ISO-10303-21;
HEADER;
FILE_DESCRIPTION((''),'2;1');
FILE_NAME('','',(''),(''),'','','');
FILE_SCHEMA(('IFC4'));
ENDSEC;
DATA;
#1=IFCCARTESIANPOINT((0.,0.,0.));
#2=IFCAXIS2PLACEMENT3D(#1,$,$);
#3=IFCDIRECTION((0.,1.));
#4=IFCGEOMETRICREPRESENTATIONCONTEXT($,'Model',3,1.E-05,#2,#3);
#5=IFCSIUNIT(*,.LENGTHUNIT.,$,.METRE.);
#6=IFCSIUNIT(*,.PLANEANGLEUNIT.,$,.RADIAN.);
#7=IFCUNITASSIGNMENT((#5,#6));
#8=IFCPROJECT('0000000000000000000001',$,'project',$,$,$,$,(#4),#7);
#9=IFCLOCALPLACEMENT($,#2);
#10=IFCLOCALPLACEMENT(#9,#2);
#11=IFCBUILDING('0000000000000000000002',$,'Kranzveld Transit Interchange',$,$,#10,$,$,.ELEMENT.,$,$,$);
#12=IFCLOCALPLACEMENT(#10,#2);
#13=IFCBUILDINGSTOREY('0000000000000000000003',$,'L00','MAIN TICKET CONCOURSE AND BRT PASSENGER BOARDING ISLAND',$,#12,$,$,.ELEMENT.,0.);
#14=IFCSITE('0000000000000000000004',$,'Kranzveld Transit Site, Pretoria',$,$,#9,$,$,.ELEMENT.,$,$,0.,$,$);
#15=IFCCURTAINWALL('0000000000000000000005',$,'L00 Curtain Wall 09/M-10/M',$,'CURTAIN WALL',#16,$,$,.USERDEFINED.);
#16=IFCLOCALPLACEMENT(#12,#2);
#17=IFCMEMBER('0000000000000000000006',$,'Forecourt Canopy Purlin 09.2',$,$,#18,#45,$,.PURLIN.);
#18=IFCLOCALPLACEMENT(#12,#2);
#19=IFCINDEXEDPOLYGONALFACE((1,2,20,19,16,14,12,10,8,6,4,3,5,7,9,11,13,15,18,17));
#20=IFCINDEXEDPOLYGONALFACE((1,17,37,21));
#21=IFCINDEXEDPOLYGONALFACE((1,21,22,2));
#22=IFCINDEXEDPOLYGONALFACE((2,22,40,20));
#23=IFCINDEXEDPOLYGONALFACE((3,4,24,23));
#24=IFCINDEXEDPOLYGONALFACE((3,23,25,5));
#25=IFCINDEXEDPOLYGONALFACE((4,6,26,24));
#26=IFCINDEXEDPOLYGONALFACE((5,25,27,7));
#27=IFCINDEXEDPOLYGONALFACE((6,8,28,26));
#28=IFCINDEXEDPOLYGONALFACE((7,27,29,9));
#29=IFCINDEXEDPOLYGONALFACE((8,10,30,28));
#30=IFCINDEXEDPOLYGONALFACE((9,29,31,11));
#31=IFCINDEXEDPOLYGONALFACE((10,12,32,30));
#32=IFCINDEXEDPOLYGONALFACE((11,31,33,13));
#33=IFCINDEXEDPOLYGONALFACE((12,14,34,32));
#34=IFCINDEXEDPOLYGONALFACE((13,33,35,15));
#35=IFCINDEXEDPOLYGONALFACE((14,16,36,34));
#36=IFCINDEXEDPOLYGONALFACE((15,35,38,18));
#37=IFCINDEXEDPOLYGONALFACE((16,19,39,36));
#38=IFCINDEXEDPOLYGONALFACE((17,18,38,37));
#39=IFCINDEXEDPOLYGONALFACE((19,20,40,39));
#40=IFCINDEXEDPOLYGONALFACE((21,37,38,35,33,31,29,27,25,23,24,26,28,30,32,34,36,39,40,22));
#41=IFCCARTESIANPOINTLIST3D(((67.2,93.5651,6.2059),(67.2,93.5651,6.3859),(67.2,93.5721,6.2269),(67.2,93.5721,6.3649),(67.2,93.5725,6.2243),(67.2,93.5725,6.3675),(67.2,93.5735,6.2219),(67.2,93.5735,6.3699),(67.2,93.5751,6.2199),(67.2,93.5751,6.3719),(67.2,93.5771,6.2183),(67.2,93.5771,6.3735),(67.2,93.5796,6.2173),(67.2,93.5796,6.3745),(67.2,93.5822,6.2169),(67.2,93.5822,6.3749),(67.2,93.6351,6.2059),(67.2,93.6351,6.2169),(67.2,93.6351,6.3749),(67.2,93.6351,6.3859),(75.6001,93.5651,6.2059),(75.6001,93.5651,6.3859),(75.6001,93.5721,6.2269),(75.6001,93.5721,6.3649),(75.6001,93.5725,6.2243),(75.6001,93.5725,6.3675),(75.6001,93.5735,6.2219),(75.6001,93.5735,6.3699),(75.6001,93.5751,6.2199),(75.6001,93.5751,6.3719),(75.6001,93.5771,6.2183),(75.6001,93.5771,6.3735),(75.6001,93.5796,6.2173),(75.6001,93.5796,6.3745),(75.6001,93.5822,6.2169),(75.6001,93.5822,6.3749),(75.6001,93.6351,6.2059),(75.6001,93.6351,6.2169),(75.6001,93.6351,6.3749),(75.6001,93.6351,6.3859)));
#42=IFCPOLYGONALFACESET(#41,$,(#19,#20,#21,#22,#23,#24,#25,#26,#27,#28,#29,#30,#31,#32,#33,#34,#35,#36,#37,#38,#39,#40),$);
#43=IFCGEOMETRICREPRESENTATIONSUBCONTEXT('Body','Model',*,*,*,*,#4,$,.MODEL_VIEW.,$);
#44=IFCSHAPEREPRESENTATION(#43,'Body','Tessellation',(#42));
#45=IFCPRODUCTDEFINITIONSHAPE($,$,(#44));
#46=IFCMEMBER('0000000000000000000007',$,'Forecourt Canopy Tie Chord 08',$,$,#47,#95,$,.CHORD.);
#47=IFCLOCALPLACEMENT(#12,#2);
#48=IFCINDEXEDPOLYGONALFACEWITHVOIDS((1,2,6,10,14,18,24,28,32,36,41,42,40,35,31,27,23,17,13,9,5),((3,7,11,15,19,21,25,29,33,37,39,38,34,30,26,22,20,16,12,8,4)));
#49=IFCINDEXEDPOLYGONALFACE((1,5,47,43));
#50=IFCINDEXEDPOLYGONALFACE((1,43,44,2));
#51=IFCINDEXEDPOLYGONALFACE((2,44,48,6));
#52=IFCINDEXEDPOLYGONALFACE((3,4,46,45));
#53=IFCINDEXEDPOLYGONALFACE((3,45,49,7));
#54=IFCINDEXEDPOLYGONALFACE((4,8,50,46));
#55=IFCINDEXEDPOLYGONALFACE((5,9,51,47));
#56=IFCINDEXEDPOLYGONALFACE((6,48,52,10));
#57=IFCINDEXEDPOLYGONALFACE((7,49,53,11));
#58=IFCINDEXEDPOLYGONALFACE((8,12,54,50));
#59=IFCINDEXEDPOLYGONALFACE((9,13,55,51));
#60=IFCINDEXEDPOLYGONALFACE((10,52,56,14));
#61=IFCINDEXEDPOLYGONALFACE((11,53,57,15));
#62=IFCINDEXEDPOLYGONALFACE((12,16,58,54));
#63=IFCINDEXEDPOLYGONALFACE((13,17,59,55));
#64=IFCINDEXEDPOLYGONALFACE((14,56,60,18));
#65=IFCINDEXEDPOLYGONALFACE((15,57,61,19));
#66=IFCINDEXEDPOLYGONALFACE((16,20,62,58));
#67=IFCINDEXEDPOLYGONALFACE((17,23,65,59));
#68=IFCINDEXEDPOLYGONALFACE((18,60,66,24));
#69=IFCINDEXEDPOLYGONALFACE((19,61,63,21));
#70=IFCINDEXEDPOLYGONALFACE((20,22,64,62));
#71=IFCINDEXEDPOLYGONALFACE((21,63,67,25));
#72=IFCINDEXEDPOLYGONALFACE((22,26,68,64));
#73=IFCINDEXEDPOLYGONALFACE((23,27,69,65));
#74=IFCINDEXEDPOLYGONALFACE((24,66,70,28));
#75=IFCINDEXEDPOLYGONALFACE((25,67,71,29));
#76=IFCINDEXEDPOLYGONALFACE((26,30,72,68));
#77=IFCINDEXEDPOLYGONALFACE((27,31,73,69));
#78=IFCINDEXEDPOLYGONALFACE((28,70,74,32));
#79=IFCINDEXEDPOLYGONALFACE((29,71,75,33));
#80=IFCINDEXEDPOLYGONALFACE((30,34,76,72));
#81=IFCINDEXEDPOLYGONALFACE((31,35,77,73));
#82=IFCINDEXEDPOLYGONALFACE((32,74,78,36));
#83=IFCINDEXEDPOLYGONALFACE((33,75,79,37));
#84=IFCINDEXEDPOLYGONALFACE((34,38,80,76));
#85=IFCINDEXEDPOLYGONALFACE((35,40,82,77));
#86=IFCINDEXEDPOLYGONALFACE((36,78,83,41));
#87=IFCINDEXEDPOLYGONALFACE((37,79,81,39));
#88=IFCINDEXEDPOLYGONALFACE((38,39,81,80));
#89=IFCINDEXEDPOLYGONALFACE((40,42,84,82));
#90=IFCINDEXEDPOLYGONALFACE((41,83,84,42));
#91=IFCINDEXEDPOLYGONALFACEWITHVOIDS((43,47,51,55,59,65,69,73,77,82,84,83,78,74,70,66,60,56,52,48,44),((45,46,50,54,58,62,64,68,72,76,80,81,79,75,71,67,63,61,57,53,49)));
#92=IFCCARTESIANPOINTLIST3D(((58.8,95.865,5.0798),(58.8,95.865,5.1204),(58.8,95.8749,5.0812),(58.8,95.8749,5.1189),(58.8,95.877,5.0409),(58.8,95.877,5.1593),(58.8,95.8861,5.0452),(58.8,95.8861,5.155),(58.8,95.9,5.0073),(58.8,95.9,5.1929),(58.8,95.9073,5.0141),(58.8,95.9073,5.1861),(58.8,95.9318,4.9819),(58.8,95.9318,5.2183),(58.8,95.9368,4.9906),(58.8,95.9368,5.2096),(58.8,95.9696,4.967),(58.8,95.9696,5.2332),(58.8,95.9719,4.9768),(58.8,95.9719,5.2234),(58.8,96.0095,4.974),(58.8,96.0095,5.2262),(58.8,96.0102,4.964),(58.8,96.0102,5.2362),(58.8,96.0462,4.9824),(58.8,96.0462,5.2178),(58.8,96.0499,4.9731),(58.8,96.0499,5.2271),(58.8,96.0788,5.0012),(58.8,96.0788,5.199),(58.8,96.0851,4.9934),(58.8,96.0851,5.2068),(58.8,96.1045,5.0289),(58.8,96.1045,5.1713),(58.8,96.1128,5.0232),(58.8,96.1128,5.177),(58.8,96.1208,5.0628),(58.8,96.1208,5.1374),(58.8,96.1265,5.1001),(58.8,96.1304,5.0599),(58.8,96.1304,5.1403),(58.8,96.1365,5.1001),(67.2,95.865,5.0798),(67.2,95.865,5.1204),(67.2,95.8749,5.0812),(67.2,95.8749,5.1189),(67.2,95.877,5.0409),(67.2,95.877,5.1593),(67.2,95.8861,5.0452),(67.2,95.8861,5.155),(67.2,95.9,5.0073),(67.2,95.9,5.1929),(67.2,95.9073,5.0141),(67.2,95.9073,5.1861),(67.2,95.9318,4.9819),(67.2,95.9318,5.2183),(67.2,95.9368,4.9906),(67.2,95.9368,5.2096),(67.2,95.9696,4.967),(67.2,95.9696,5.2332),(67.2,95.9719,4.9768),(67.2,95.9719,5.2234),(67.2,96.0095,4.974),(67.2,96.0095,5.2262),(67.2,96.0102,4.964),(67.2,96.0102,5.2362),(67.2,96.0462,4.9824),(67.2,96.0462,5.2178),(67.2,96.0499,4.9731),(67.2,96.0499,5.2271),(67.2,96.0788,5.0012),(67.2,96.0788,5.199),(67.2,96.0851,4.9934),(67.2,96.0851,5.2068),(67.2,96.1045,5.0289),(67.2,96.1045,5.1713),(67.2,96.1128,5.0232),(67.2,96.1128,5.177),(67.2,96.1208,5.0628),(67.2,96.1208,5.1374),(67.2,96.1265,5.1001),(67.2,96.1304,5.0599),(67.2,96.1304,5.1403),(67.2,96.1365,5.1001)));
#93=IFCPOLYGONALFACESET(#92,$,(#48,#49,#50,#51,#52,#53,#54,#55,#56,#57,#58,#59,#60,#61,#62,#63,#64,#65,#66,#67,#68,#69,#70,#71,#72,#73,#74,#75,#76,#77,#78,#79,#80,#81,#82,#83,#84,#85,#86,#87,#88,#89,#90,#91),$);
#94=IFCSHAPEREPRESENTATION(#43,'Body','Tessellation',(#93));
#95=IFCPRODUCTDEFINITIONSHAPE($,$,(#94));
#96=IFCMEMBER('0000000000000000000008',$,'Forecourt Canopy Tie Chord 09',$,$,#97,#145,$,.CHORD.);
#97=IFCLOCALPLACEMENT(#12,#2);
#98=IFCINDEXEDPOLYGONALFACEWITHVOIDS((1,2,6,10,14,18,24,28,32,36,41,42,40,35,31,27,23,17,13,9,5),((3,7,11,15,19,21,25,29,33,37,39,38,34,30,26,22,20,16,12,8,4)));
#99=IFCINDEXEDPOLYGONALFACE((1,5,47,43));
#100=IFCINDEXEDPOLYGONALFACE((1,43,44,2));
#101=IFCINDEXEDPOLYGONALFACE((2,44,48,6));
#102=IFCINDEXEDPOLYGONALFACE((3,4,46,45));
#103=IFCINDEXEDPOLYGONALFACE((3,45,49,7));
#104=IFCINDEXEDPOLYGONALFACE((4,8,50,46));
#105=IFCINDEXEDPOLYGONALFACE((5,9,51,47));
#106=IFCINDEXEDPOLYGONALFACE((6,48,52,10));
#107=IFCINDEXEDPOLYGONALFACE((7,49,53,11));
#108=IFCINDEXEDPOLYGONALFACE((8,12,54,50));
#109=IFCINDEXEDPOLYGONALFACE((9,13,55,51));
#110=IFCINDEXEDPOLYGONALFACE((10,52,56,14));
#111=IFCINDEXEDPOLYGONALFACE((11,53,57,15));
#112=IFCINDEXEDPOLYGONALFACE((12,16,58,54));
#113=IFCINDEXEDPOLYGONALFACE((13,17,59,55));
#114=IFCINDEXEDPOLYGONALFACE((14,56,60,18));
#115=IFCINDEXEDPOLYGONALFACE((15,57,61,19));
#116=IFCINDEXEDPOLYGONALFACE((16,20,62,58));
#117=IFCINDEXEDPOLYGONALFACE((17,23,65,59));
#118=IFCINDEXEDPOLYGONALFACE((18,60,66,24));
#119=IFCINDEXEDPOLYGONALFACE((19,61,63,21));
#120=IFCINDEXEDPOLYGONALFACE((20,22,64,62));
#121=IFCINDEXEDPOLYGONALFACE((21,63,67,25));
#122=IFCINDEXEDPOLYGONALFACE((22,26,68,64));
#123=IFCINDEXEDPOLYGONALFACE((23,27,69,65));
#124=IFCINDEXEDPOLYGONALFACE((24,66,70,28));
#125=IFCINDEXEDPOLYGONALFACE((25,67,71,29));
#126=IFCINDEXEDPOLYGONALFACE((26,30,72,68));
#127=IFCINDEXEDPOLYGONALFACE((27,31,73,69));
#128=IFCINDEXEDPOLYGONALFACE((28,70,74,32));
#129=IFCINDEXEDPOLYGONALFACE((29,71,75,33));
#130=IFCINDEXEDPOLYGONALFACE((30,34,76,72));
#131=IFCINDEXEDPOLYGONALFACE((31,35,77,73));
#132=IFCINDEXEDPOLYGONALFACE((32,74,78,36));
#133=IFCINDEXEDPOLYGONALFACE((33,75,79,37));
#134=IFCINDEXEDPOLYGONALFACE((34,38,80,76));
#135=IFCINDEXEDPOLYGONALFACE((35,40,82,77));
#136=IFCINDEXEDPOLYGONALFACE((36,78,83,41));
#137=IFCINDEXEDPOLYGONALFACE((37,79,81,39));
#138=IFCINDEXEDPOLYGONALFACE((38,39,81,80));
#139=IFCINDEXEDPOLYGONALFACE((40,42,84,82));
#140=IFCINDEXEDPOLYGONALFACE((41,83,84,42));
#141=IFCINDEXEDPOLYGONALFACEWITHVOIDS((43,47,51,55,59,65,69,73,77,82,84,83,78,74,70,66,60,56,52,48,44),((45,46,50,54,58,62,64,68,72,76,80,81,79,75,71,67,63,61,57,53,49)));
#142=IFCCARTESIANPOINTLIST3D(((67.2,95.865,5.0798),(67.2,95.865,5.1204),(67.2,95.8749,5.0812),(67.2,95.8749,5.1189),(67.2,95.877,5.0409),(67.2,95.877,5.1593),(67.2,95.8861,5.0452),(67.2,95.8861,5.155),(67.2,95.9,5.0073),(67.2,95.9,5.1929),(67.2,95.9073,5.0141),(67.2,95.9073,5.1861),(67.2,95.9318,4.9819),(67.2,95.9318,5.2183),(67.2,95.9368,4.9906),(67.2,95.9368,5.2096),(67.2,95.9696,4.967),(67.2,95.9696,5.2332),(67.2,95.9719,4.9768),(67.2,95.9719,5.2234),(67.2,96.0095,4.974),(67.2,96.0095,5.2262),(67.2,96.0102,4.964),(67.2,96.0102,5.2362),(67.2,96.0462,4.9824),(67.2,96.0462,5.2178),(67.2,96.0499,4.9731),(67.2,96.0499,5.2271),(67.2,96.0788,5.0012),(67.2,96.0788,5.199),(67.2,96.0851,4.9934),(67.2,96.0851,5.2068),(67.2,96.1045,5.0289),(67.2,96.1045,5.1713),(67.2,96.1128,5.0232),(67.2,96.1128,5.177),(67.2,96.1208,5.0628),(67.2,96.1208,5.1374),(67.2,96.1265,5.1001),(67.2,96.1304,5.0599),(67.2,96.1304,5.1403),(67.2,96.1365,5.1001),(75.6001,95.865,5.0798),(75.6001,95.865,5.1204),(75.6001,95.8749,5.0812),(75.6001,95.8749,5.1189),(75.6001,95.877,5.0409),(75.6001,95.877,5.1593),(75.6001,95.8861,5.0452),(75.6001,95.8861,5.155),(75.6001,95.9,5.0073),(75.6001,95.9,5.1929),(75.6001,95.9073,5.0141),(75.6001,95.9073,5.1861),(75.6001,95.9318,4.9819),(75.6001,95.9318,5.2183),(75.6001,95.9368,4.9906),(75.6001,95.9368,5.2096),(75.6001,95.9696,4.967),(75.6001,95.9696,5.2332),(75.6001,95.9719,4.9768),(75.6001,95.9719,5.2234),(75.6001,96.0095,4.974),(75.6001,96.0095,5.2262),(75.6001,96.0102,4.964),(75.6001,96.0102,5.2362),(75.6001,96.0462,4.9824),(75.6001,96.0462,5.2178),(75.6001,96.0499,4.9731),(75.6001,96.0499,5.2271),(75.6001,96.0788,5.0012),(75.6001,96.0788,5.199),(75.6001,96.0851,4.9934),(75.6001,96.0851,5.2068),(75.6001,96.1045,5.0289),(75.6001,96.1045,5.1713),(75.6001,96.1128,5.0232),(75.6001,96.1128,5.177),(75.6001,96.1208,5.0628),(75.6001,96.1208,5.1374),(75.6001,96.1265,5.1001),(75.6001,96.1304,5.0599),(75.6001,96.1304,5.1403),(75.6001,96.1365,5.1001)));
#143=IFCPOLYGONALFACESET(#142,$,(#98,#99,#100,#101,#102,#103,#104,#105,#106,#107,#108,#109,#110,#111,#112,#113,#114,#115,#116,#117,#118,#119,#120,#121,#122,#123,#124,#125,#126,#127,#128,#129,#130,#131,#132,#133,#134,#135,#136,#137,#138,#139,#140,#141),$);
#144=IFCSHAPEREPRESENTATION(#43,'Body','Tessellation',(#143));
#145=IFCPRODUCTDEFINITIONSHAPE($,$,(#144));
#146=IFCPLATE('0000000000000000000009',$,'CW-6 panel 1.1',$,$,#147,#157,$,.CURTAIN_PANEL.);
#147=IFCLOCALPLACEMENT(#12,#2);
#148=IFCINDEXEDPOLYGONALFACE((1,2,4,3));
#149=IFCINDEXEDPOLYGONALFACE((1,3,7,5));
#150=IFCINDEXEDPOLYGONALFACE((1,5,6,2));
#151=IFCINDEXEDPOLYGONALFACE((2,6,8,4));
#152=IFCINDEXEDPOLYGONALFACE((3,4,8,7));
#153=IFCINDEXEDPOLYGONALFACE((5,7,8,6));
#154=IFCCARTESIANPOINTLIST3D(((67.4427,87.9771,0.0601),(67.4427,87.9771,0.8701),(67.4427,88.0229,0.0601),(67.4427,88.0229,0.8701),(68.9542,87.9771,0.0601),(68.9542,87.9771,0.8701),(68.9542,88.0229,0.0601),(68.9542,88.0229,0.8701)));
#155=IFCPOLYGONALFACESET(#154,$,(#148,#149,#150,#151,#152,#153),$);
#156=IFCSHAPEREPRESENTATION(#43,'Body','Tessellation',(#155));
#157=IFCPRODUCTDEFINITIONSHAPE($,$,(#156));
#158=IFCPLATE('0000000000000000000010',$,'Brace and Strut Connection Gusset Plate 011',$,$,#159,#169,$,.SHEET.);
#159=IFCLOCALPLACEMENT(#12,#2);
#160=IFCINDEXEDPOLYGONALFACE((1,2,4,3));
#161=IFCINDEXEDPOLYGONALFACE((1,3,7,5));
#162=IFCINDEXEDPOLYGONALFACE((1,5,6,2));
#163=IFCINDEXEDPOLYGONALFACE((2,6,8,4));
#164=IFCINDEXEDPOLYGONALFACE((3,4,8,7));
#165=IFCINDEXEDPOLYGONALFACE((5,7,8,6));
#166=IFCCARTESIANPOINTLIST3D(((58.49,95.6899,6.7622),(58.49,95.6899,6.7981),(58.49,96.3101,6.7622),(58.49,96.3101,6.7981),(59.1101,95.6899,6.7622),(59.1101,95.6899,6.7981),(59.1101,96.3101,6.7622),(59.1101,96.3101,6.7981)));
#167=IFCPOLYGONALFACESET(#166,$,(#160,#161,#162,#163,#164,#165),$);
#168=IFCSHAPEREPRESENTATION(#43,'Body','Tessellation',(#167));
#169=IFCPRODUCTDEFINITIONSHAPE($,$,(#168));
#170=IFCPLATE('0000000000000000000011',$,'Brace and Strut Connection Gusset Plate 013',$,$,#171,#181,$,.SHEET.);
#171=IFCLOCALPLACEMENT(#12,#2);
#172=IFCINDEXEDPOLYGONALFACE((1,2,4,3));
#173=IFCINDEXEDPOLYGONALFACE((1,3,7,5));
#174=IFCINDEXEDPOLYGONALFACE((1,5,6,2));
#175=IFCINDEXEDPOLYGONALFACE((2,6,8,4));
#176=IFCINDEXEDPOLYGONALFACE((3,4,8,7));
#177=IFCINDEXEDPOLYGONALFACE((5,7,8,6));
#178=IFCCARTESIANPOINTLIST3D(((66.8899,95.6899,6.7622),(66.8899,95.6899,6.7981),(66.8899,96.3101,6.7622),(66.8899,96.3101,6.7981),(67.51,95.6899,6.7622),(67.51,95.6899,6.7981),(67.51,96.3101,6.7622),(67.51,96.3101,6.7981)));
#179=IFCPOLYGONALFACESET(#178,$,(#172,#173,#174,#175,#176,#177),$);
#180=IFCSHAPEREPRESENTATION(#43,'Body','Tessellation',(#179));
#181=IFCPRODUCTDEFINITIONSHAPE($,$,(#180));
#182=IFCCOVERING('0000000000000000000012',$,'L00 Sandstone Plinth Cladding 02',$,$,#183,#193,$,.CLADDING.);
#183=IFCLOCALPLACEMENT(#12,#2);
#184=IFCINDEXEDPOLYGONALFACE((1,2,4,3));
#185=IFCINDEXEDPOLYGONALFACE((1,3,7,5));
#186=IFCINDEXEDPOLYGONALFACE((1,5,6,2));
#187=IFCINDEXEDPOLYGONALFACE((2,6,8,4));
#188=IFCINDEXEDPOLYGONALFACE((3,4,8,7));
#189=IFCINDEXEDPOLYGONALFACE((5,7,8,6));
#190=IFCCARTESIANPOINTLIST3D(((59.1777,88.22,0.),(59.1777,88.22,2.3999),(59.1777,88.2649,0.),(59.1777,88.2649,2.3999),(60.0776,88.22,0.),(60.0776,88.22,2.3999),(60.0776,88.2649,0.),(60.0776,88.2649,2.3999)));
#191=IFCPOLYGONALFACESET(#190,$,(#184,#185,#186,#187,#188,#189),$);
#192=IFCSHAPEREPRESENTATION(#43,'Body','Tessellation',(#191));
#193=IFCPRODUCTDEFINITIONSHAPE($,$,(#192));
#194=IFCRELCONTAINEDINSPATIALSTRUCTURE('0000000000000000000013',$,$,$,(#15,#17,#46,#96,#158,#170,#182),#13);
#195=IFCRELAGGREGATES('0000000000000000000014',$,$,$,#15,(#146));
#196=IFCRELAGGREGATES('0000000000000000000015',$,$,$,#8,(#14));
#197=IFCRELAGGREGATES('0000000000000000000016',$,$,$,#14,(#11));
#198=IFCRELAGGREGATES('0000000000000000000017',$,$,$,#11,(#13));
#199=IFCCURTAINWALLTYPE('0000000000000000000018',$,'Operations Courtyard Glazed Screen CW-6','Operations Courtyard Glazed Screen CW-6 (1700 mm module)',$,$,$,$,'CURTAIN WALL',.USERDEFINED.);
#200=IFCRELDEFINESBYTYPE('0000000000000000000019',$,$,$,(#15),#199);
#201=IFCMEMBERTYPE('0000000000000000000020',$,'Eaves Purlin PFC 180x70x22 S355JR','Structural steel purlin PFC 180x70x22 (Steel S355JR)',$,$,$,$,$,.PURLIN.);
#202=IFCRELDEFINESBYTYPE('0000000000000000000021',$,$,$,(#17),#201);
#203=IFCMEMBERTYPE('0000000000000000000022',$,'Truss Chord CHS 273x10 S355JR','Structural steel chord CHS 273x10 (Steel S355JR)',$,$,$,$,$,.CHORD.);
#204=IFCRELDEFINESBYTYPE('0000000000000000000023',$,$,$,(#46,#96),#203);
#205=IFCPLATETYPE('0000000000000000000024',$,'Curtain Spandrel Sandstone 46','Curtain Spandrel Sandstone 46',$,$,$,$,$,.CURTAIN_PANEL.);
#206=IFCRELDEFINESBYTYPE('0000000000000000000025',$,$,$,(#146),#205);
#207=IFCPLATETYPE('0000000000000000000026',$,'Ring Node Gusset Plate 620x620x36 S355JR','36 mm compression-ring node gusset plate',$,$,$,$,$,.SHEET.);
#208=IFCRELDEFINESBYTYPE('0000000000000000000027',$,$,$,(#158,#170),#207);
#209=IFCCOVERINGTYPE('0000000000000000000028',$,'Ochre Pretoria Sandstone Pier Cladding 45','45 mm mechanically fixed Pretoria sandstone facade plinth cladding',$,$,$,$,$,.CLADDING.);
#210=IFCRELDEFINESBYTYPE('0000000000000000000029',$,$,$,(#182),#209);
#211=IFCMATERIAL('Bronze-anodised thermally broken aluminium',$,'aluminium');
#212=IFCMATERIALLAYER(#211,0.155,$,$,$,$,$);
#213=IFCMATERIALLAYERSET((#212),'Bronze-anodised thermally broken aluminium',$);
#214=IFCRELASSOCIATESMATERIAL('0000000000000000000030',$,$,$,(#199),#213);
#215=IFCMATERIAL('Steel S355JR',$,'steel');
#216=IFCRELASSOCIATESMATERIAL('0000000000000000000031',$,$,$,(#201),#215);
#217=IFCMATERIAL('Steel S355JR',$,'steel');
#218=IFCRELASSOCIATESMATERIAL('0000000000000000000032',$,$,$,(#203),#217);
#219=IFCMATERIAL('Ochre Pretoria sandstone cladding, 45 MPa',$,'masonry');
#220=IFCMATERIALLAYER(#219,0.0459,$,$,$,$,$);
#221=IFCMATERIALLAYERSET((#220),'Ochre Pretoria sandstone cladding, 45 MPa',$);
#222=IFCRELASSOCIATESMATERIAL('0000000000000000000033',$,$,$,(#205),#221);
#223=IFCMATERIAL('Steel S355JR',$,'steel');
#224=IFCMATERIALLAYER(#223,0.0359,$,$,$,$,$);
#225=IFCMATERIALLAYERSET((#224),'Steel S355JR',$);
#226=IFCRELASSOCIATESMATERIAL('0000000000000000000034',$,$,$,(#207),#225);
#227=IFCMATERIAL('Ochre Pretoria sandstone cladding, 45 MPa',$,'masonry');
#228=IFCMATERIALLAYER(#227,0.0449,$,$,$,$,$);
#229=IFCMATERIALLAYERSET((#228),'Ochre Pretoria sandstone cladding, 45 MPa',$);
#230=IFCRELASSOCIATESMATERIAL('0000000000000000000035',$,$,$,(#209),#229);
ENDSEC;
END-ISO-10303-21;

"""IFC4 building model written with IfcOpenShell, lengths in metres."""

from ifc_helpers import new_model, si_unit, direction, frame, origin, origin_2d, place, context, subcontext, project, spatial, rectangle, hollow_circle, u_section, extrude, material, layer, layer_set, material_profile, profile_set, type_object, element, aggregate, save


model = new_model("IFC4")

# Units and contexts
model_context = context("Model", 3, precision=1e-05, world=origin(), true_north=direction((0.0, 1.0)))
body_context = subcontext(model_context, "Body", "Model", "MODEL_VIEW")
ifc_project = project(units=[si_unit("LENGTHUNIT", "METRE"), si_unit("PLANEANGLEUNIT", "RADIAN")], contexts=[model_context])

# Site, building, storey
site_placement = place(None, origin())
site = spatial("IfcSite", under=ifc_project, at=site_placement, Name="Kranzveld Transit Site, Pretoria", CompositionType="ELEMENT", RefElevation=0.0)
building_placement = place(site_placement, origin())
building = spatial("IfcBuilding", under=site, at=building_placement, Name="Kranzveld Transit Interchange", CompositionType="ELEMENT")
storey_placement = place(building_placement, origin())
storey = spatial("IfcBuildingStorey", under=building, at=storey_placement, Name="L00", Description="MAIN TICKET CONCOURSE AND BRT PASSENGER BOARDING ISLAND", CompositionType="ELEMENT", Elevation=0.0)

# Curtain wall
ifc_material_1 = material(Name="Bronze-anodised thermally broken aluminium", Category="aluminium")
ifc_layer_1 = layer(ifc_material_1, 0.155)
ifc_layer_set_1 = layer_set([ifc_layer_1], Name="Bronze-anodised thermally broken aluminium")
curtain_wall_type = type_object("IfcCurtainWallType", Name="Operations Courtyard Glazed Screen CW-6", Description="Operations Courtyard Glazed Screen CW-6 (1700 mm module)", ElementType="CURTAIN WALL", PredefinedType="USERDEFINED", material=ifc_layer_set_1)
curtain_wall_placement = place(storey_placement, origin())
curtain_wall = element("IfcCurtainWall", 1, at=curtain_wall_placement, inside=storey, type_object=curtain_wall_type, Name="L00 Curtain Wall 09/M-10/M", ObjectType="CURTAIN WALL", PredefinedType="USERDEFINED")

# Members
ifc_material_2 = material(Name="Steel S355JR", Category="steel")
ifc_material_profile_1 = material_profile(ifc_material_2, u_section(Depth=0.1799, FlangeWidth=0.0701, WebThickness=0.0071, FlangeThickness=0.011, FilletRadius=0.01, at=origin_2d()), Name="PFC 180x70x22")
ifc_profile_set_1 = profile_set([ifc_material_profile_1], Name="Steel S355JR")
member_type_1 = type_object("IfcMemberType", Name="Eaves Purlin PFC 180x70x22 S355JR", Description="Structural steel purlin PFC 180x70x22 (Steel S355JR)", PredefinedType="PURLIN", material=ifc_profile_set_1)
member_1_placement = place(storey_placement, frame((67.2, 93.6001, 6.2959), z_axis=(1.0, 0.0, 0.0), x_axis=(0.0, 1.0, 0.0)))
element("IfcMember", 2, at=member_1_placement, inside=storey, type_object=member_type_1, Name="Forecourt Canopy Purlin 09.2", PredefinedType="PURLIN", context=body_context, shape_type="SweptSolid", body=[
    extrude(u_section(Depth=0.1799, FlangeWidth=0.0701, WebThickness=0.0071, FlangeThickness=0.011, FilletRadius=0.01, at=origin_2d()), origin(), (0.0, 0.0, 1.0), 8.4001),
])
ifc_material_3 = material(Name="Steel S355JR", Category="steel")
ifc_material_profile_2 = material_profile(ifc_material_3, hollow_circle(Radius=0.1365, WallThickness=0.01, at=origin_2d()), Name="CHS 273x10")
ifc_profile_set_2 = profile_set([ifc_material_profile_2], Name="Steel S355JR")
member_type_2 = type_object("IfcMemberType", Name="Truss Chord CHS 273x10 S355JR", Description="Structural steel chord CHS 273x10 (Steel S355JR)", PredefinedType="CHORD", material=ifc_profile_set_2)
member_2_placement = place(storey_placement, frame((58.8, 96.0, 5.1001), z_axis=(1.0, 0.0, 0.0), x_axis=(0.0, 1.0, 0.0)))
element("IfcMember", 3, at=member_2_placement, inside=storey, type_object=member_type_2, Name="Forecourt Canopy Tie Chord 08", PredefinedType="CHORD", context=body_context, shape_type="SweptSolid", body=[
    extrude(hollow_circle(Radius=0.1365, WallThickness=0.01, at=origin_2d()), origin(), (0.0, 0.0, 1.0), 8.3999),
])
member_3_placement = place(storey_placement, frame((67.2, 96.0, 5.1001), z_axis=(1.0, 0.0, 0.0), x_axis=(0.0, 1.0, 0.0)))
element("IfcMember", 4, at=member_3_placement, inside=storey, type_object=member_type_2, Name="Forecourt Canopy Tie Chord 09", PredefinedType="CHORD", context=body_context, shape_type="SweptSolid", body=[
    extrude(hollow_circle(Radius=0.1365, WallThickness=0.01, at=origin_2d()), origin(), (0.0, 0.0, 1.0), 8.4001),
])

# Plate
ifc_material_4 = material(Name="Ochre Pretoria sandstone cladding, 45 MPa", Category="masonry")
ifc_layer_2 = layer(ifc_material_4, 0.0459)
ifc_layer_set_2 = layer_set([ifc_layer_2], Name="Ochre Pretoria sandstone cladding, 45 MPa")
plate_type_1 = type_object("IfcPlateType", Name="Curtain Spandrel Sandstone 46", Description="Curtain Spandrel Sandstone 46", PredefinedType="CURTAIN_PANEL", material=ifc_layer_set_2)
plate_placement = place(storey_placement, frame((68.1985, 88.0, 0.0601), z_axis=(0.0, 0.0, 1.0), x_axis=(1.0, 0.0, 0.0)))
plate = element("IfcPlate", 5, at=plate_placement, type_object=plate_type_1, Name="CW-6 panel 1.1", PredefinedType="CURTAIN_PANEL", context=body_context, shape_type="SweptSolid", body=[
    extrude(rectangle(XDim=1.5115, YDim=0.0459, at=origin_2d()), origin(), (0.0, 0.0, 1.0), 0.8101),
])
aggregate(curtain_wall, [plate])

# Plates
ifc_material_5 = material(Name="Steel S355JR", Category="steel")
ifc_layer_3 = layer(ifc_material_5, 0.0359)
ifc_layer_set_3 = layer_set([ifc_layer_3], Name="Steel S355JR")
plate_type_2 = type_object("IfcPlateType", Name="Ring Node Gusset Plate 620x620x36 S355JR", Description="36 mm compression-ring node gusset plate", PredefinedType="SHEET", material=ifc_layer_set_3)
for number, where, z_axis, x_axis, name in (
    (6, (58.8, 96.0, 6.7622), (0.0, 0.0, 1.0), (1.0, 0.0, 0.0), "Brace and Strut Connection Gusset Plate 011"),
    (7, (67.2, 96.0, 6.7622), (0.0, 0.0, 1.0), (1.0, 0.0, 0.0), "Brace and Strut Connection Gusset Plate 013"),
):
    element("IfcPlate", number, at=place(storey_placement, frame(where, z_axis=z_axis, x_axis=x_axis)), inside=storey, type_object=plate_type_2, Name=name, PredefinedType="SHEET", context=body_context, shape_type="SweptSolid", body=[
        extrude(rectangle(XDim=0.6201, YDim=0.6201, at=origin_2d()), origin(), (0.0, 0.0, 1.0), 0.0359),
    ])

# Covering
ifc_material_6 = material(Name="Ochre Pretoria sandstone cladding, 45 MPa", Category="masonry")
ifc_layer_4 = layer(ifc_material_6, 0.0449)
ifc_layer_set_4 = layer_set([ifc_layer_4], Name="Ochre Pretoria sandstone cladding, 45 MPa")
covering_type = type_object("IfcCoveringType", Name="Ochre Pretoria Sandstone Pier Cladding 45", Description="45 mm mechanically fixed Pretoria sandstone facade plinth cladding", PredefinedType="CLADDING", material=ifc_layer_set_4)
covering_placement = place(storey_placement, frame((59.6277, 88.2424, 0.0), z_axis=(0.0, 0.0, 1.0), x_axis=(1.0, 0.0, 0.0)))
element("IfcCovering", 8, at=covering_placement, inside=storey, type_object=covering_type, Name="L00 Sandstone Plinth Cladding 02", PredefinedType="CLADDING", context=body_context, shape_type="SweptSolid", body=[
    extrude(rectangle(XDim=0.8999, YDim=0.0449, at=origin_2d()), origin(), (0.0, 0.0, 1.0), 2.3999),
])

save(model, "model.ifc")
